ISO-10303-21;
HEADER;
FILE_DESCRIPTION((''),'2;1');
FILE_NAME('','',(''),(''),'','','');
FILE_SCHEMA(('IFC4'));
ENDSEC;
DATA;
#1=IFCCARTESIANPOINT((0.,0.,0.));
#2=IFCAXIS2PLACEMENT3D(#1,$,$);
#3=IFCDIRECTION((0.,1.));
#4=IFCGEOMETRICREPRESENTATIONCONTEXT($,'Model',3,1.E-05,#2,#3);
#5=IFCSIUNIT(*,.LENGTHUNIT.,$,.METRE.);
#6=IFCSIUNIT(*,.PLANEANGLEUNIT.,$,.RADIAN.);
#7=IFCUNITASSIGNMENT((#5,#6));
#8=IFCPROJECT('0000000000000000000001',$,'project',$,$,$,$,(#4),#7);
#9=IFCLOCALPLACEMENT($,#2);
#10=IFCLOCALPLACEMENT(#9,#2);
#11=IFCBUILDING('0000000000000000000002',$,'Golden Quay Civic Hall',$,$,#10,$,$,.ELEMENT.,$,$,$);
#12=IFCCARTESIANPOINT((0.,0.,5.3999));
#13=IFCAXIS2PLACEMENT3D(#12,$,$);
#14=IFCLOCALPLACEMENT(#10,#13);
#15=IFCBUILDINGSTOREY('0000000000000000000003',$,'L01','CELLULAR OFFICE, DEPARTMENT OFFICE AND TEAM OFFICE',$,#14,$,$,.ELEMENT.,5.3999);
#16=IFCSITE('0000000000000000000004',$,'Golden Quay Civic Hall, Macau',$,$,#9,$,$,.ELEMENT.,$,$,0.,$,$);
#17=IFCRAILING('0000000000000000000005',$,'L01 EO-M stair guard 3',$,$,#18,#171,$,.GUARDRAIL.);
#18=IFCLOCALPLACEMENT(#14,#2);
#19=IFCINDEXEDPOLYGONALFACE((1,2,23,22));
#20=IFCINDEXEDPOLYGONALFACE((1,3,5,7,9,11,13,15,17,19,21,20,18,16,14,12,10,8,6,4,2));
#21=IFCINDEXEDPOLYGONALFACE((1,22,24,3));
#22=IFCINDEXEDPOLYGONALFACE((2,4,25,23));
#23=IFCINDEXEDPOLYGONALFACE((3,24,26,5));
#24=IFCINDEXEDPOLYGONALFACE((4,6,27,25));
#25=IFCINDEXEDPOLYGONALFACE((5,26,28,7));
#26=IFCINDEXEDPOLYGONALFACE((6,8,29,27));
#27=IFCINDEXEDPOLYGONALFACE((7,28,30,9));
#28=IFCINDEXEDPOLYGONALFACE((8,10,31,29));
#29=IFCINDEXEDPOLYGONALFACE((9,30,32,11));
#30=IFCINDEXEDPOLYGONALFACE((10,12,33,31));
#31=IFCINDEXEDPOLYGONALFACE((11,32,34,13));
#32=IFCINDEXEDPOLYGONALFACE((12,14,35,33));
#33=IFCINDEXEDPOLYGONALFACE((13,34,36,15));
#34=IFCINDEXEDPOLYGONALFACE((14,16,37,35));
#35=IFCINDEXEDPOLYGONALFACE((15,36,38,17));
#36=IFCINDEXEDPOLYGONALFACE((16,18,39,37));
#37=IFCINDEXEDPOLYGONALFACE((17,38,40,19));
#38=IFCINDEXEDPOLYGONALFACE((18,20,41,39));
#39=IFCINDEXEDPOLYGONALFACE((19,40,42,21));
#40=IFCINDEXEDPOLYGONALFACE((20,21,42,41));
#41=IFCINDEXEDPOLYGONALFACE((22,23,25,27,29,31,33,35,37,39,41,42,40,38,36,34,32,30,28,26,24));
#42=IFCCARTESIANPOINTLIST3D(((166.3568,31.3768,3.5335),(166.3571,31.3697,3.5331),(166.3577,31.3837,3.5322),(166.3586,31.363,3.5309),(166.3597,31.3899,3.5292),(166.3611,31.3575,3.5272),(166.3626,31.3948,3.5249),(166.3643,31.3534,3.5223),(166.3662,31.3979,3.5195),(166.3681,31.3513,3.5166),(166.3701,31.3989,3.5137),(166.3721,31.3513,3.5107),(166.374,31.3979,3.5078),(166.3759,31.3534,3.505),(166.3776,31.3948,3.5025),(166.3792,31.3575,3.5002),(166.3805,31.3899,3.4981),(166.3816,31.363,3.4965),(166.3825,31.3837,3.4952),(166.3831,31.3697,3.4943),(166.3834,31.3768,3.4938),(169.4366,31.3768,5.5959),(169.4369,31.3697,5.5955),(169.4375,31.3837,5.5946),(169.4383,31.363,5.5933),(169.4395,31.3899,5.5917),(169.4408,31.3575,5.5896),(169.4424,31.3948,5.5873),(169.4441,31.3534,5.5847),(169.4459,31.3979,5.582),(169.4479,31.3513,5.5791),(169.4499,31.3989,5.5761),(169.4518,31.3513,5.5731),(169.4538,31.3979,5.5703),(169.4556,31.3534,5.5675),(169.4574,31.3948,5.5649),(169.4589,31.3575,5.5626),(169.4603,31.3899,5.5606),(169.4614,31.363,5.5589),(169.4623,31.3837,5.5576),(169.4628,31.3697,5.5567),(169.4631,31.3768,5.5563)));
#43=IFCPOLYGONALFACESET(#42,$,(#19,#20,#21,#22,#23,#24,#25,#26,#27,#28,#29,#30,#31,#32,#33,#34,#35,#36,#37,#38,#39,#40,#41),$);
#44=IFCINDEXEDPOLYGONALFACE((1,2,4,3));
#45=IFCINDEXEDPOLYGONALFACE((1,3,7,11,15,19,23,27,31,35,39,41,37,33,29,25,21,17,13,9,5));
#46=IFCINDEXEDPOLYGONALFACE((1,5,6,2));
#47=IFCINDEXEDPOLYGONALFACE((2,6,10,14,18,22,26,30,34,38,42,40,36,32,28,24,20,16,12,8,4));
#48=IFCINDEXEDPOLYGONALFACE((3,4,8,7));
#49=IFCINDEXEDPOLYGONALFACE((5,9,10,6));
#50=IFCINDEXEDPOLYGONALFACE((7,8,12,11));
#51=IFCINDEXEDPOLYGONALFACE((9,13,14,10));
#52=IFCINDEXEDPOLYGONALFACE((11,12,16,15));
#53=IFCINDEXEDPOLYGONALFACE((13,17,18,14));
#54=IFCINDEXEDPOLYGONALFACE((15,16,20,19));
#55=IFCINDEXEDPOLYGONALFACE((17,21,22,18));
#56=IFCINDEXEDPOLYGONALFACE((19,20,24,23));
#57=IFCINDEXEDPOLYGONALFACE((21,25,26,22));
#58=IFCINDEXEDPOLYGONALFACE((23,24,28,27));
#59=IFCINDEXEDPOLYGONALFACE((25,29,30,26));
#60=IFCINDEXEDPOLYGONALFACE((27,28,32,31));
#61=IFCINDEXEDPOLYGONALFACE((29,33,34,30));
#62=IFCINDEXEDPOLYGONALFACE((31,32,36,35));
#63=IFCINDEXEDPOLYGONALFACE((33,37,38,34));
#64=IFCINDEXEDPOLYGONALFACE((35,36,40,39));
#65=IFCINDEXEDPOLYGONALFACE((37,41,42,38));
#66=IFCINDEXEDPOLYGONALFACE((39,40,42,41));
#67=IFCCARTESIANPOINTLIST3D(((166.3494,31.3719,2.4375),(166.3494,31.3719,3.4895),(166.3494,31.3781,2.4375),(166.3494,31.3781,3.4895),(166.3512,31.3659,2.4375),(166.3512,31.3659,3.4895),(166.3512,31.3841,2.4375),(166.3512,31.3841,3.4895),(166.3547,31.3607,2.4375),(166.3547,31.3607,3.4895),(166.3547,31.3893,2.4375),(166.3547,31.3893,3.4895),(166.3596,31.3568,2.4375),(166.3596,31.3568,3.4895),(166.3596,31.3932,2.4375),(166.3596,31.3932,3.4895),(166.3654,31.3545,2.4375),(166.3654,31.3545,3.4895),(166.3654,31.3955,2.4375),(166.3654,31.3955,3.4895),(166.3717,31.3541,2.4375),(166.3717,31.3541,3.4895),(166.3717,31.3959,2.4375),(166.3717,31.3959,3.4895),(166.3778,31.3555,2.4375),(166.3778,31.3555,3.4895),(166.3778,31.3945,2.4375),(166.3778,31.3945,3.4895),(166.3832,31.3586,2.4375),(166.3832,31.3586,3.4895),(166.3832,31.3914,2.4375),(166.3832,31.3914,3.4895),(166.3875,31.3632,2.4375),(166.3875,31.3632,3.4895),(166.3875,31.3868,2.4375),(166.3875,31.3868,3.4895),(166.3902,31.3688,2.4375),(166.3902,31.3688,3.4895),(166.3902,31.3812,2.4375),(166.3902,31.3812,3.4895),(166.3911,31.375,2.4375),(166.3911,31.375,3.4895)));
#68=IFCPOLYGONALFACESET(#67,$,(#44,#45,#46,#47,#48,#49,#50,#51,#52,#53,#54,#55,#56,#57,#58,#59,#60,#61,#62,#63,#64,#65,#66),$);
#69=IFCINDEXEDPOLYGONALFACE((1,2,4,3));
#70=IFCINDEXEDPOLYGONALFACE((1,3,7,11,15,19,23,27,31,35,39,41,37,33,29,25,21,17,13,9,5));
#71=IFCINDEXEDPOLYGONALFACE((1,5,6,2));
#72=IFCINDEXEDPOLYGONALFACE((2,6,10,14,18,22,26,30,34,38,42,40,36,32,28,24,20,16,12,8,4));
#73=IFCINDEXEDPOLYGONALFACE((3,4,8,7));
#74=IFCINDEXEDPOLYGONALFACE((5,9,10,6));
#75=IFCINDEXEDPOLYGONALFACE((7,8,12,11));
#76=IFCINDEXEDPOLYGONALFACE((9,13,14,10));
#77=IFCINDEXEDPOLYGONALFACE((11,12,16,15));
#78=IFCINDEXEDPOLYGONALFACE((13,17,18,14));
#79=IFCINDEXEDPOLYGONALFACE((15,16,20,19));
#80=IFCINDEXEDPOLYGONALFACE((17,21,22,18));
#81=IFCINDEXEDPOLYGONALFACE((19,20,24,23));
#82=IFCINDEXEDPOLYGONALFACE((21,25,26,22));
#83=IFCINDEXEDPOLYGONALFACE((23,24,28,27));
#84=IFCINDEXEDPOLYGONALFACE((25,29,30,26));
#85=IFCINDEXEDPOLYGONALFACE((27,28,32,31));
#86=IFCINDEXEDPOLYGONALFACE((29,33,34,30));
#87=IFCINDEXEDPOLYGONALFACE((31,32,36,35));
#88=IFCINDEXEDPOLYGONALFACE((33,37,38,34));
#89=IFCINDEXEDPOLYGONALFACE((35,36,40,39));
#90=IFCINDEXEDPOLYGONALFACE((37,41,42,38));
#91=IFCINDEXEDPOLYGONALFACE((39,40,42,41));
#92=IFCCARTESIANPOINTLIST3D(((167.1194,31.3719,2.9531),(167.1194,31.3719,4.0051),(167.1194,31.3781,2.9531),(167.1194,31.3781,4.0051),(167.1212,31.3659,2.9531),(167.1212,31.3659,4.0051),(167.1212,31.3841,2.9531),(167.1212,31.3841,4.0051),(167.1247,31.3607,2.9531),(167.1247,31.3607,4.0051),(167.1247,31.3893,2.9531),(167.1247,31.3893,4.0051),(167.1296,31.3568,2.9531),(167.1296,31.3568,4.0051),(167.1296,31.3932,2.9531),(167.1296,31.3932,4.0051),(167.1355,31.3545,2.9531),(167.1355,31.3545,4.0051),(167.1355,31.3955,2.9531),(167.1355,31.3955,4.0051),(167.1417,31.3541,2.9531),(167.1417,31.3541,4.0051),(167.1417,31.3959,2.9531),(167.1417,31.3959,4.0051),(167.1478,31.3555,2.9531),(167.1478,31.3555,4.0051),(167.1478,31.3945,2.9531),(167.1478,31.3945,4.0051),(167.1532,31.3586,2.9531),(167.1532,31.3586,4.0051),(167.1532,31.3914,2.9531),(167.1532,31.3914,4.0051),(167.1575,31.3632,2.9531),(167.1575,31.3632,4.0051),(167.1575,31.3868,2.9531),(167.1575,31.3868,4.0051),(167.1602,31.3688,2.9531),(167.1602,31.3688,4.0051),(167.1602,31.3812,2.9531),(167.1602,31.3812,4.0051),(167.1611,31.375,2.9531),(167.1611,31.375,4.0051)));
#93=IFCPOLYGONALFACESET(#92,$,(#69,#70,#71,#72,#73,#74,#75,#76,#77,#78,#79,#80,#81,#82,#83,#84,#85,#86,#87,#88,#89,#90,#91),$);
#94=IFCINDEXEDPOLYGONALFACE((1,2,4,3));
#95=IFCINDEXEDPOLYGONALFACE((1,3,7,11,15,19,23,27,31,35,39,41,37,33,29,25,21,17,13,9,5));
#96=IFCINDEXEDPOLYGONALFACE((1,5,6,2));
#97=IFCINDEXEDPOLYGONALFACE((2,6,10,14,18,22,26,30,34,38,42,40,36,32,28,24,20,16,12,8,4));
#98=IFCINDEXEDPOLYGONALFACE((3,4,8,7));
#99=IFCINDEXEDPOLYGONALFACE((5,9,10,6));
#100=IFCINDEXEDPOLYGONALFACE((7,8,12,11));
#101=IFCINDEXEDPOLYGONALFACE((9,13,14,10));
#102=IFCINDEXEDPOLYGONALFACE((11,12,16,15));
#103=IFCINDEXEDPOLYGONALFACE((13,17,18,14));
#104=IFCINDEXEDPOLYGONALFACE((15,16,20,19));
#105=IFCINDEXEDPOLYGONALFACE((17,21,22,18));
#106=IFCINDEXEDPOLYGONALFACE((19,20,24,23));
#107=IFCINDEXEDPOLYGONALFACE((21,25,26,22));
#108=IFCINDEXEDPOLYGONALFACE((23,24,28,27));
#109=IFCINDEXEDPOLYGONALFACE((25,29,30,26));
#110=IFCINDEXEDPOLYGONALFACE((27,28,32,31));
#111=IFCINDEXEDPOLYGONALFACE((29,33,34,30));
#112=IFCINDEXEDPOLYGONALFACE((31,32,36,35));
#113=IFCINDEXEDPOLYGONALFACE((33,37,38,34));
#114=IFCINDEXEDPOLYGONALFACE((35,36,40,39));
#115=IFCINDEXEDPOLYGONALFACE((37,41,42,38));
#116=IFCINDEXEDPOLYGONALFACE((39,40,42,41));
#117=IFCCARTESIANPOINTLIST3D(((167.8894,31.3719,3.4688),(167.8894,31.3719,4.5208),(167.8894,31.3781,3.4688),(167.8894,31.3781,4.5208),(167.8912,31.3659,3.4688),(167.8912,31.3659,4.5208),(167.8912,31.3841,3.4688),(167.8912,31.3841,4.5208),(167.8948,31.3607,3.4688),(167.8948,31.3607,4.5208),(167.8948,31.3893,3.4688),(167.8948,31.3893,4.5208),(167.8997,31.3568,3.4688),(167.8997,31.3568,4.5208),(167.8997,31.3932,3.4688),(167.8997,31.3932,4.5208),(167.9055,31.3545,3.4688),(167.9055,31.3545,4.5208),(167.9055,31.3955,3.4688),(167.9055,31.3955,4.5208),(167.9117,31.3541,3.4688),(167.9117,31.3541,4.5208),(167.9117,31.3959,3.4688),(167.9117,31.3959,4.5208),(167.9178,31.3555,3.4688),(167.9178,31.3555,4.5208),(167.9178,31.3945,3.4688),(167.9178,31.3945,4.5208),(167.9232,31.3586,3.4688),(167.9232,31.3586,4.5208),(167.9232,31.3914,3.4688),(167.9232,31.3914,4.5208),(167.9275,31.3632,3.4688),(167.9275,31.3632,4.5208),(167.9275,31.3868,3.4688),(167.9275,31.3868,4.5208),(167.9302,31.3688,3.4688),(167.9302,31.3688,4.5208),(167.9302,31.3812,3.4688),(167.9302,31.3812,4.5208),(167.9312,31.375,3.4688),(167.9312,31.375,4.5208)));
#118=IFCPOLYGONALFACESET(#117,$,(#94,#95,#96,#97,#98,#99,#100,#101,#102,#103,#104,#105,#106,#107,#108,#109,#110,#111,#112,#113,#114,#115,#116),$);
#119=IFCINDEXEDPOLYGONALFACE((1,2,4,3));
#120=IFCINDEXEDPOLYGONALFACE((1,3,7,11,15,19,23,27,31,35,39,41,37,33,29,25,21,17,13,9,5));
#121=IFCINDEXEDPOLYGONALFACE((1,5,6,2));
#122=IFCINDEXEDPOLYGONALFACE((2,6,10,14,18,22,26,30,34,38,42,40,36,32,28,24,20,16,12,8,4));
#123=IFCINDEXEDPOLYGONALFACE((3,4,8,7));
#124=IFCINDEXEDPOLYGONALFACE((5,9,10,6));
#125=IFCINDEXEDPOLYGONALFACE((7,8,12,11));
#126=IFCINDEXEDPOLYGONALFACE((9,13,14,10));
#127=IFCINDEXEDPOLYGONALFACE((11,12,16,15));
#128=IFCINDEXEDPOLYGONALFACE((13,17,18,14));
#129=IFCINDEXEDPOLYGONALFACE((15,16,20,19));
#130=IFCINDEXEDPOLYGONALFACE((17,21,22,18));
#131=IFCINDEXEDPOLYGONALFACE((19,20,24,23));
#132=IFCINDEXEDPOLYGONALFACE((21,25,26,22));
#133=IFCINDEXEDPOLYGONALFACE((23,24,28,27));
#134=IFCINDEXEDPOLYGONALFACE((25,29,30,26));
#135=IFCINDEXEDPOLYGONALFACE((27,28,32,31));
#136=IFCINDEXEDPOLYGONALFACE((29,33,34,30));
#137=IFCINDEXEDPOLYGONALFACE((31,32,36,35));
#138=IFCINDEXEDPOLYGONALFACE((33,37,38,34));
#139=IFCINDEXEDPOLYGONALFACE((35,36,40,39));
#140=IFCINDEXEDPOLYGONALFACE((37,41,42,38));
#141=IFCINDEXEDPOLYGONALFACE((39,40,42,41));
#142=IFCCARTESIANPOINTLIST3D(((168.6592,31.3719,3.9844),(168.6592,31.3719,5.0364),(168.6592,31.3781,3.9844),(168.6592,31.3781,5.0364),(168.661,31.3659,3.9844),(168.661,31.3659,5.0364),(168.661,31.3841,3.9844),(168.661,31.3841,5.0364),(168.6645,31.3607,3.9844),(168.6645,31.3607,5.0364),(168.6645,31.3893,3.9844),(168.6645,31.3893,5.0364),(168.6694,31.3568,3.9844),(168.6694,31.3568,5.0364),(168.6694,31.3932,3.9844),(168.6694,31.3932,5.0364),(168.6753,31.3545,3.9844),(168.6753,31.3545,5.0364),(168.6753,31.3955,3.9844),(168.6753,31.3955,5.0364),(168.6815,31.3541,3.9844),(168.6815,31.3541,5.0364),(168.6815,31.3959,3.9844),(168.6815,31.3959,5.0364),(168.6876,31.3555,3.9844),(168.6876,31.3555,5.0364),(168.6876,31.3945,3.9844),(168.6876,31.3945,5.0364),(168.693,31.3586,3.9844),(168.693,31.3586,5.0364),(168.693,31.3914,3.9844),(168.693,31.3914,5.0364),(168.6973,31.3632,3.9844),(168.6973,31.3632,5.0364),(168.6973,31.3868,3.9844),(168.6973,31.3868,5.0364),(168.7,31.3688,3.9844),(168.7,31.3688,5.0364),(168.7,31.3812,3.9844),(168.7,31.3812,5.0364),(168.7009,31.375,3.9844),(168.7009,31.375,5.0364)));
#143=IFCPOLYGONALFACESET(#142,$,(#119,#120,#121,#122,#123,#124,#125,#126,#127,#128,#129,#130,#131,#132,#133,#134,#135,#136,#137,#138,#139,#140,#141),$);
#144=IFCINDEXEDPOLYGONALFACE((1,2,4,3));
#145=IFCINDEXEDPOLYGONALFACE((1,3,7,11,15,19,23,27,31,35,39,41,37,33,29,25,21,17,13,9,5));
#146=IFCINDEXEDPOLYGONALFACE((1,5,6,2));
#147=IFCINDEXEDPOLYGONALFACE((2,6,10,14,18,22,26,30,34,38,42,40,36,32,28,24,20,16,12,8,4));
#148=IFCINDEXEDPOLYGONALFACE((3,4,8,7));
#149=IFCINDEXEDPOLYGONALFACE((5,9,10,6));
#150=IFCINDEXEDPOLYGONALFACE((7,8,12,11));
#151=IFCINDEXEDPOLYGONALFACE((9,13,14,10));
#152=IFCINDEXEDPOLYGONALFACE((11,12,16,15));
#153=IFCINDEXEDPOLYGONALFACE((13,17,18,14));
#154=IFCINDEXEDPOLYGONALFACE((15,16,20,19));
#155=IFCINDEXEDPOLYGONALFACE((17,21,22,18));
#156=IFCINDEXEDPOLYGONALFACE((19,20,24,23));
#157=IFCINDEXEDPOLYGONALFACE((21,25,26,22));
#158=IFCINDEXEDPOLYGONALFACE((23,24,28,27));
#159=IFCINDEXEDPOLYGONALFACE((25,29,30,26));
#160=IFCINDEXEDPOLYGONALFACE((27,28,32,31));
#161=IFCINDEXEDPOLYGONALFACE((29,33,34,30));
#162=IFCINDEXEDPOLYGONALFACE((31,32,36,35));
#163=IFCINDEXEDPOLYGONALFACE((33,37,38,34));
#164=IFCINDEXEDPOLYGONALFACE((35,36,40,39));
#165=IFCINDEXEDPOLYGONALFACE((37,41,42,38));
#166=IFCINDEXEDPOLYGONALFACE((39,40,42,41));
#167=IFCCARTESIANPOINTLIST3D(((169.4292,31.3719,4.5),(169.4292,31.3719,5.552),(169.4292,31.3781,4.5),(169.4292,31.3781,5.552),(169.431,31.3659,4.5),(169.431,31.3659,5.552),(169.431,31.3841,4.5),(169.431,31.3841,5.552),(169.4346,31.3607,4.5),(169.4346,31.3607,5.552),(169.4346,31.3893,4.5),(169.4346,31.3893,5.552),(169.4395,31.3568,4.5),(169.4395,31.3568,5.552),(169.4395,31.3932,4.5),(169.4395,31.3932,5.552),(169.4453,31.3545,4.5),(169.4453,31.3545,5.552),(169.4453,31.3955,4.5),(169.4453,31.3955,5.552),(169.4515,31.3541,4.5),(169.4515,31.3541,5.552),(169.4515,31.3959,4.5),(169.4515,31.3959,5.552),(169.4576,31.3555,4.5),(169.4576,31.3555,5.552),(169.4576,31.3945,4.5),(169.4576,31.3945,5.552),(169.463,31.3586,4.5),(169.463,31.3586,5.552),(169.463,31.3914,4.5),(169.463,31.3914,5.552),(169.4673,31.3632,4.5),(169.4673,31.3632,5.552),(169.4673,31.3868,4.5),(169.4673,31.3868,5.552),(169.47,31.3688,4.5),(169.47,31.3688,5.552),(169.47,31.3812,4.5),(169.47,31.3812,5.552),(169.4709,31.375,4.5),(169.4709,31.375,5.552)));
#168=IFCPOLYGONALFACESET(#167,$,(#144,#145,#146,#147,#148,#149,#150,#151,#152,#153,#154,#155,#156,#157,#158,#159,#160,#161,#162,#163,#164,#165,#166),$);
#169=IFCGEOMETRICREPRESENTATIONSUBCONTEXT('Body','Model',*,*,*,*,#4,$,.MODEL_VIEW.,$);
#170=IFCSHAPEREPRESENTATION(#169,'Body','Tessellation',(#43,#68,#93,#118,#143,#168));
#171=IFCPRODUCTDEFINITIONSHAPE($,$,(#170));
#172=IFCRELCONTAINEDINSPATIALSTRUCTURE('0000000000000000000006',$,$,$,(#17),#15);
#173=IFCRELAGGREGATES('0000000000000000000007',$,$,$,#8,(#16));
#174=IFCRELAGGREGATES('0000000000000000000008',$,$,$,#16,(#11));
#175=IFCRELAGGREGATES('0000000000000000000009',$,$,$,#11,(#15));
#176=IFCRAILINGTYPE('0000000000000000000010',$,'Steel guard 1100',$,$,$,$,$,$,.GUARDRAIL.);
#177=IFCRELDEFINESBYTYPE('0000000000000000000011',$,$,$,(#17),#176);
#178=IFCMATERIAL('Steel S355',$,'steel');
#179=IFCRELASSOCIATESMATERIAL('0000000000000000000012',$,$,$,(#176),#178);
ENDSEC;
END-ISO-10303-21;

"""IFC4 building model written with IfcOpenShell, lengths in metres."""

from ifc_helpers import new_model, si_unit, direction, frame, origin, origin_2d, place, context, subcontext, project, spatial, circle, extrude, material, type_object, element, save


model = new_model("IFC4")

# Units and contexts
model_context = context("Model", 3, precision=1e-05, world=origin(), true_north=direction((0.0, 1.0)))
body_context = subcontext(model_context, "Body", "Model", "MODEL_VIEW")
ifc_project = project(units=[si_unit("LENGTHUNIT", "METRE"), si_unit("PLANEANGLEUNIT", "RADIAN")], contexts=[model_context])

# Site, building, storey
site_placement = place(None, origin())
site = spatial("IfcSite", under=ifc_project, at=site_placement, Name="Golden Quay Civic Hall, Macau", CompositionType="ELEMENT", RefElevation=0.0)
building_placement = place(site_placement, origin())
building = spatial("IfcBuilding", under=site, at=building_placement, Name="Golden Quay Civic Hall", CompositionType="ELEMENT")
storey_placement = place(building_placement, frame((0.0, 0.0, 5.3999)))
storey = spatial("IfcBuildingStorey", under=building, at=storey_placement, Name="L01", Description="CELLULAR OFFICE, DEPARTMENT OFFICE AND TEAM OFFICE", CompositionType="ELEMENT", Elevation=5.3999)

# Railing
ifc_material_1 = material(Name="Steel S355", Category="steel")
railing_type_1 = type_object("IfcRailingType", Name="Steel guard 1100", PredefinedType="GUARDRAIL", material=ifc_material_1)
railing_1_placement = place(storey_placement, frame((166.3701, 31.375, 2.4375)))
element("IfcRailing", 1, at=railing_1_placement, inside=storey, type_object=railing_type_1, Name="L01 EO-M stair guard 3", PredefinedType="GUARDRAIL", context=body_context, shape_type="SweptSolid", body=[
    extrude(circle(Radius=0.0239, at=origin_2d()), frame((0.0, 0.0, 1.0762), z_axis=(0.830893, 0.0, 0.556432), x_axis=(0.0, 1.0, 0.0)), (0.0, 0.0, 1.0), 3.7065),
    extrude(circle(Radius=0.021, at=origin_2d()), origin(), (0.0, 0.0, 1.0), 1.052),
    extrude(circle(Radius=0.021, at=origin_2d()), frame((0.77, 0.0, 0.5156)), (0.0, 0.0, 1.0), 1.052),
    extrude(circle(Radius=0.021, at=origin_2d()), frame((1.54, 0.0, 1.0312)), (0.0, 0.0, 1.0), 1.052),
    extrude(circle(Radius=0.021, at=origin_2d()), frame((2.3098, 0.0, 1.5469)), (0.0, 0.0, 1.0), 1.052),
    extrude(circle(Radius=0.021, at=origin_2d()), frame((3.0798, 0.0, 2.0625)), (0.0, 0.0, 1.0), 1.052),
])

save(model, "model.ifc")
